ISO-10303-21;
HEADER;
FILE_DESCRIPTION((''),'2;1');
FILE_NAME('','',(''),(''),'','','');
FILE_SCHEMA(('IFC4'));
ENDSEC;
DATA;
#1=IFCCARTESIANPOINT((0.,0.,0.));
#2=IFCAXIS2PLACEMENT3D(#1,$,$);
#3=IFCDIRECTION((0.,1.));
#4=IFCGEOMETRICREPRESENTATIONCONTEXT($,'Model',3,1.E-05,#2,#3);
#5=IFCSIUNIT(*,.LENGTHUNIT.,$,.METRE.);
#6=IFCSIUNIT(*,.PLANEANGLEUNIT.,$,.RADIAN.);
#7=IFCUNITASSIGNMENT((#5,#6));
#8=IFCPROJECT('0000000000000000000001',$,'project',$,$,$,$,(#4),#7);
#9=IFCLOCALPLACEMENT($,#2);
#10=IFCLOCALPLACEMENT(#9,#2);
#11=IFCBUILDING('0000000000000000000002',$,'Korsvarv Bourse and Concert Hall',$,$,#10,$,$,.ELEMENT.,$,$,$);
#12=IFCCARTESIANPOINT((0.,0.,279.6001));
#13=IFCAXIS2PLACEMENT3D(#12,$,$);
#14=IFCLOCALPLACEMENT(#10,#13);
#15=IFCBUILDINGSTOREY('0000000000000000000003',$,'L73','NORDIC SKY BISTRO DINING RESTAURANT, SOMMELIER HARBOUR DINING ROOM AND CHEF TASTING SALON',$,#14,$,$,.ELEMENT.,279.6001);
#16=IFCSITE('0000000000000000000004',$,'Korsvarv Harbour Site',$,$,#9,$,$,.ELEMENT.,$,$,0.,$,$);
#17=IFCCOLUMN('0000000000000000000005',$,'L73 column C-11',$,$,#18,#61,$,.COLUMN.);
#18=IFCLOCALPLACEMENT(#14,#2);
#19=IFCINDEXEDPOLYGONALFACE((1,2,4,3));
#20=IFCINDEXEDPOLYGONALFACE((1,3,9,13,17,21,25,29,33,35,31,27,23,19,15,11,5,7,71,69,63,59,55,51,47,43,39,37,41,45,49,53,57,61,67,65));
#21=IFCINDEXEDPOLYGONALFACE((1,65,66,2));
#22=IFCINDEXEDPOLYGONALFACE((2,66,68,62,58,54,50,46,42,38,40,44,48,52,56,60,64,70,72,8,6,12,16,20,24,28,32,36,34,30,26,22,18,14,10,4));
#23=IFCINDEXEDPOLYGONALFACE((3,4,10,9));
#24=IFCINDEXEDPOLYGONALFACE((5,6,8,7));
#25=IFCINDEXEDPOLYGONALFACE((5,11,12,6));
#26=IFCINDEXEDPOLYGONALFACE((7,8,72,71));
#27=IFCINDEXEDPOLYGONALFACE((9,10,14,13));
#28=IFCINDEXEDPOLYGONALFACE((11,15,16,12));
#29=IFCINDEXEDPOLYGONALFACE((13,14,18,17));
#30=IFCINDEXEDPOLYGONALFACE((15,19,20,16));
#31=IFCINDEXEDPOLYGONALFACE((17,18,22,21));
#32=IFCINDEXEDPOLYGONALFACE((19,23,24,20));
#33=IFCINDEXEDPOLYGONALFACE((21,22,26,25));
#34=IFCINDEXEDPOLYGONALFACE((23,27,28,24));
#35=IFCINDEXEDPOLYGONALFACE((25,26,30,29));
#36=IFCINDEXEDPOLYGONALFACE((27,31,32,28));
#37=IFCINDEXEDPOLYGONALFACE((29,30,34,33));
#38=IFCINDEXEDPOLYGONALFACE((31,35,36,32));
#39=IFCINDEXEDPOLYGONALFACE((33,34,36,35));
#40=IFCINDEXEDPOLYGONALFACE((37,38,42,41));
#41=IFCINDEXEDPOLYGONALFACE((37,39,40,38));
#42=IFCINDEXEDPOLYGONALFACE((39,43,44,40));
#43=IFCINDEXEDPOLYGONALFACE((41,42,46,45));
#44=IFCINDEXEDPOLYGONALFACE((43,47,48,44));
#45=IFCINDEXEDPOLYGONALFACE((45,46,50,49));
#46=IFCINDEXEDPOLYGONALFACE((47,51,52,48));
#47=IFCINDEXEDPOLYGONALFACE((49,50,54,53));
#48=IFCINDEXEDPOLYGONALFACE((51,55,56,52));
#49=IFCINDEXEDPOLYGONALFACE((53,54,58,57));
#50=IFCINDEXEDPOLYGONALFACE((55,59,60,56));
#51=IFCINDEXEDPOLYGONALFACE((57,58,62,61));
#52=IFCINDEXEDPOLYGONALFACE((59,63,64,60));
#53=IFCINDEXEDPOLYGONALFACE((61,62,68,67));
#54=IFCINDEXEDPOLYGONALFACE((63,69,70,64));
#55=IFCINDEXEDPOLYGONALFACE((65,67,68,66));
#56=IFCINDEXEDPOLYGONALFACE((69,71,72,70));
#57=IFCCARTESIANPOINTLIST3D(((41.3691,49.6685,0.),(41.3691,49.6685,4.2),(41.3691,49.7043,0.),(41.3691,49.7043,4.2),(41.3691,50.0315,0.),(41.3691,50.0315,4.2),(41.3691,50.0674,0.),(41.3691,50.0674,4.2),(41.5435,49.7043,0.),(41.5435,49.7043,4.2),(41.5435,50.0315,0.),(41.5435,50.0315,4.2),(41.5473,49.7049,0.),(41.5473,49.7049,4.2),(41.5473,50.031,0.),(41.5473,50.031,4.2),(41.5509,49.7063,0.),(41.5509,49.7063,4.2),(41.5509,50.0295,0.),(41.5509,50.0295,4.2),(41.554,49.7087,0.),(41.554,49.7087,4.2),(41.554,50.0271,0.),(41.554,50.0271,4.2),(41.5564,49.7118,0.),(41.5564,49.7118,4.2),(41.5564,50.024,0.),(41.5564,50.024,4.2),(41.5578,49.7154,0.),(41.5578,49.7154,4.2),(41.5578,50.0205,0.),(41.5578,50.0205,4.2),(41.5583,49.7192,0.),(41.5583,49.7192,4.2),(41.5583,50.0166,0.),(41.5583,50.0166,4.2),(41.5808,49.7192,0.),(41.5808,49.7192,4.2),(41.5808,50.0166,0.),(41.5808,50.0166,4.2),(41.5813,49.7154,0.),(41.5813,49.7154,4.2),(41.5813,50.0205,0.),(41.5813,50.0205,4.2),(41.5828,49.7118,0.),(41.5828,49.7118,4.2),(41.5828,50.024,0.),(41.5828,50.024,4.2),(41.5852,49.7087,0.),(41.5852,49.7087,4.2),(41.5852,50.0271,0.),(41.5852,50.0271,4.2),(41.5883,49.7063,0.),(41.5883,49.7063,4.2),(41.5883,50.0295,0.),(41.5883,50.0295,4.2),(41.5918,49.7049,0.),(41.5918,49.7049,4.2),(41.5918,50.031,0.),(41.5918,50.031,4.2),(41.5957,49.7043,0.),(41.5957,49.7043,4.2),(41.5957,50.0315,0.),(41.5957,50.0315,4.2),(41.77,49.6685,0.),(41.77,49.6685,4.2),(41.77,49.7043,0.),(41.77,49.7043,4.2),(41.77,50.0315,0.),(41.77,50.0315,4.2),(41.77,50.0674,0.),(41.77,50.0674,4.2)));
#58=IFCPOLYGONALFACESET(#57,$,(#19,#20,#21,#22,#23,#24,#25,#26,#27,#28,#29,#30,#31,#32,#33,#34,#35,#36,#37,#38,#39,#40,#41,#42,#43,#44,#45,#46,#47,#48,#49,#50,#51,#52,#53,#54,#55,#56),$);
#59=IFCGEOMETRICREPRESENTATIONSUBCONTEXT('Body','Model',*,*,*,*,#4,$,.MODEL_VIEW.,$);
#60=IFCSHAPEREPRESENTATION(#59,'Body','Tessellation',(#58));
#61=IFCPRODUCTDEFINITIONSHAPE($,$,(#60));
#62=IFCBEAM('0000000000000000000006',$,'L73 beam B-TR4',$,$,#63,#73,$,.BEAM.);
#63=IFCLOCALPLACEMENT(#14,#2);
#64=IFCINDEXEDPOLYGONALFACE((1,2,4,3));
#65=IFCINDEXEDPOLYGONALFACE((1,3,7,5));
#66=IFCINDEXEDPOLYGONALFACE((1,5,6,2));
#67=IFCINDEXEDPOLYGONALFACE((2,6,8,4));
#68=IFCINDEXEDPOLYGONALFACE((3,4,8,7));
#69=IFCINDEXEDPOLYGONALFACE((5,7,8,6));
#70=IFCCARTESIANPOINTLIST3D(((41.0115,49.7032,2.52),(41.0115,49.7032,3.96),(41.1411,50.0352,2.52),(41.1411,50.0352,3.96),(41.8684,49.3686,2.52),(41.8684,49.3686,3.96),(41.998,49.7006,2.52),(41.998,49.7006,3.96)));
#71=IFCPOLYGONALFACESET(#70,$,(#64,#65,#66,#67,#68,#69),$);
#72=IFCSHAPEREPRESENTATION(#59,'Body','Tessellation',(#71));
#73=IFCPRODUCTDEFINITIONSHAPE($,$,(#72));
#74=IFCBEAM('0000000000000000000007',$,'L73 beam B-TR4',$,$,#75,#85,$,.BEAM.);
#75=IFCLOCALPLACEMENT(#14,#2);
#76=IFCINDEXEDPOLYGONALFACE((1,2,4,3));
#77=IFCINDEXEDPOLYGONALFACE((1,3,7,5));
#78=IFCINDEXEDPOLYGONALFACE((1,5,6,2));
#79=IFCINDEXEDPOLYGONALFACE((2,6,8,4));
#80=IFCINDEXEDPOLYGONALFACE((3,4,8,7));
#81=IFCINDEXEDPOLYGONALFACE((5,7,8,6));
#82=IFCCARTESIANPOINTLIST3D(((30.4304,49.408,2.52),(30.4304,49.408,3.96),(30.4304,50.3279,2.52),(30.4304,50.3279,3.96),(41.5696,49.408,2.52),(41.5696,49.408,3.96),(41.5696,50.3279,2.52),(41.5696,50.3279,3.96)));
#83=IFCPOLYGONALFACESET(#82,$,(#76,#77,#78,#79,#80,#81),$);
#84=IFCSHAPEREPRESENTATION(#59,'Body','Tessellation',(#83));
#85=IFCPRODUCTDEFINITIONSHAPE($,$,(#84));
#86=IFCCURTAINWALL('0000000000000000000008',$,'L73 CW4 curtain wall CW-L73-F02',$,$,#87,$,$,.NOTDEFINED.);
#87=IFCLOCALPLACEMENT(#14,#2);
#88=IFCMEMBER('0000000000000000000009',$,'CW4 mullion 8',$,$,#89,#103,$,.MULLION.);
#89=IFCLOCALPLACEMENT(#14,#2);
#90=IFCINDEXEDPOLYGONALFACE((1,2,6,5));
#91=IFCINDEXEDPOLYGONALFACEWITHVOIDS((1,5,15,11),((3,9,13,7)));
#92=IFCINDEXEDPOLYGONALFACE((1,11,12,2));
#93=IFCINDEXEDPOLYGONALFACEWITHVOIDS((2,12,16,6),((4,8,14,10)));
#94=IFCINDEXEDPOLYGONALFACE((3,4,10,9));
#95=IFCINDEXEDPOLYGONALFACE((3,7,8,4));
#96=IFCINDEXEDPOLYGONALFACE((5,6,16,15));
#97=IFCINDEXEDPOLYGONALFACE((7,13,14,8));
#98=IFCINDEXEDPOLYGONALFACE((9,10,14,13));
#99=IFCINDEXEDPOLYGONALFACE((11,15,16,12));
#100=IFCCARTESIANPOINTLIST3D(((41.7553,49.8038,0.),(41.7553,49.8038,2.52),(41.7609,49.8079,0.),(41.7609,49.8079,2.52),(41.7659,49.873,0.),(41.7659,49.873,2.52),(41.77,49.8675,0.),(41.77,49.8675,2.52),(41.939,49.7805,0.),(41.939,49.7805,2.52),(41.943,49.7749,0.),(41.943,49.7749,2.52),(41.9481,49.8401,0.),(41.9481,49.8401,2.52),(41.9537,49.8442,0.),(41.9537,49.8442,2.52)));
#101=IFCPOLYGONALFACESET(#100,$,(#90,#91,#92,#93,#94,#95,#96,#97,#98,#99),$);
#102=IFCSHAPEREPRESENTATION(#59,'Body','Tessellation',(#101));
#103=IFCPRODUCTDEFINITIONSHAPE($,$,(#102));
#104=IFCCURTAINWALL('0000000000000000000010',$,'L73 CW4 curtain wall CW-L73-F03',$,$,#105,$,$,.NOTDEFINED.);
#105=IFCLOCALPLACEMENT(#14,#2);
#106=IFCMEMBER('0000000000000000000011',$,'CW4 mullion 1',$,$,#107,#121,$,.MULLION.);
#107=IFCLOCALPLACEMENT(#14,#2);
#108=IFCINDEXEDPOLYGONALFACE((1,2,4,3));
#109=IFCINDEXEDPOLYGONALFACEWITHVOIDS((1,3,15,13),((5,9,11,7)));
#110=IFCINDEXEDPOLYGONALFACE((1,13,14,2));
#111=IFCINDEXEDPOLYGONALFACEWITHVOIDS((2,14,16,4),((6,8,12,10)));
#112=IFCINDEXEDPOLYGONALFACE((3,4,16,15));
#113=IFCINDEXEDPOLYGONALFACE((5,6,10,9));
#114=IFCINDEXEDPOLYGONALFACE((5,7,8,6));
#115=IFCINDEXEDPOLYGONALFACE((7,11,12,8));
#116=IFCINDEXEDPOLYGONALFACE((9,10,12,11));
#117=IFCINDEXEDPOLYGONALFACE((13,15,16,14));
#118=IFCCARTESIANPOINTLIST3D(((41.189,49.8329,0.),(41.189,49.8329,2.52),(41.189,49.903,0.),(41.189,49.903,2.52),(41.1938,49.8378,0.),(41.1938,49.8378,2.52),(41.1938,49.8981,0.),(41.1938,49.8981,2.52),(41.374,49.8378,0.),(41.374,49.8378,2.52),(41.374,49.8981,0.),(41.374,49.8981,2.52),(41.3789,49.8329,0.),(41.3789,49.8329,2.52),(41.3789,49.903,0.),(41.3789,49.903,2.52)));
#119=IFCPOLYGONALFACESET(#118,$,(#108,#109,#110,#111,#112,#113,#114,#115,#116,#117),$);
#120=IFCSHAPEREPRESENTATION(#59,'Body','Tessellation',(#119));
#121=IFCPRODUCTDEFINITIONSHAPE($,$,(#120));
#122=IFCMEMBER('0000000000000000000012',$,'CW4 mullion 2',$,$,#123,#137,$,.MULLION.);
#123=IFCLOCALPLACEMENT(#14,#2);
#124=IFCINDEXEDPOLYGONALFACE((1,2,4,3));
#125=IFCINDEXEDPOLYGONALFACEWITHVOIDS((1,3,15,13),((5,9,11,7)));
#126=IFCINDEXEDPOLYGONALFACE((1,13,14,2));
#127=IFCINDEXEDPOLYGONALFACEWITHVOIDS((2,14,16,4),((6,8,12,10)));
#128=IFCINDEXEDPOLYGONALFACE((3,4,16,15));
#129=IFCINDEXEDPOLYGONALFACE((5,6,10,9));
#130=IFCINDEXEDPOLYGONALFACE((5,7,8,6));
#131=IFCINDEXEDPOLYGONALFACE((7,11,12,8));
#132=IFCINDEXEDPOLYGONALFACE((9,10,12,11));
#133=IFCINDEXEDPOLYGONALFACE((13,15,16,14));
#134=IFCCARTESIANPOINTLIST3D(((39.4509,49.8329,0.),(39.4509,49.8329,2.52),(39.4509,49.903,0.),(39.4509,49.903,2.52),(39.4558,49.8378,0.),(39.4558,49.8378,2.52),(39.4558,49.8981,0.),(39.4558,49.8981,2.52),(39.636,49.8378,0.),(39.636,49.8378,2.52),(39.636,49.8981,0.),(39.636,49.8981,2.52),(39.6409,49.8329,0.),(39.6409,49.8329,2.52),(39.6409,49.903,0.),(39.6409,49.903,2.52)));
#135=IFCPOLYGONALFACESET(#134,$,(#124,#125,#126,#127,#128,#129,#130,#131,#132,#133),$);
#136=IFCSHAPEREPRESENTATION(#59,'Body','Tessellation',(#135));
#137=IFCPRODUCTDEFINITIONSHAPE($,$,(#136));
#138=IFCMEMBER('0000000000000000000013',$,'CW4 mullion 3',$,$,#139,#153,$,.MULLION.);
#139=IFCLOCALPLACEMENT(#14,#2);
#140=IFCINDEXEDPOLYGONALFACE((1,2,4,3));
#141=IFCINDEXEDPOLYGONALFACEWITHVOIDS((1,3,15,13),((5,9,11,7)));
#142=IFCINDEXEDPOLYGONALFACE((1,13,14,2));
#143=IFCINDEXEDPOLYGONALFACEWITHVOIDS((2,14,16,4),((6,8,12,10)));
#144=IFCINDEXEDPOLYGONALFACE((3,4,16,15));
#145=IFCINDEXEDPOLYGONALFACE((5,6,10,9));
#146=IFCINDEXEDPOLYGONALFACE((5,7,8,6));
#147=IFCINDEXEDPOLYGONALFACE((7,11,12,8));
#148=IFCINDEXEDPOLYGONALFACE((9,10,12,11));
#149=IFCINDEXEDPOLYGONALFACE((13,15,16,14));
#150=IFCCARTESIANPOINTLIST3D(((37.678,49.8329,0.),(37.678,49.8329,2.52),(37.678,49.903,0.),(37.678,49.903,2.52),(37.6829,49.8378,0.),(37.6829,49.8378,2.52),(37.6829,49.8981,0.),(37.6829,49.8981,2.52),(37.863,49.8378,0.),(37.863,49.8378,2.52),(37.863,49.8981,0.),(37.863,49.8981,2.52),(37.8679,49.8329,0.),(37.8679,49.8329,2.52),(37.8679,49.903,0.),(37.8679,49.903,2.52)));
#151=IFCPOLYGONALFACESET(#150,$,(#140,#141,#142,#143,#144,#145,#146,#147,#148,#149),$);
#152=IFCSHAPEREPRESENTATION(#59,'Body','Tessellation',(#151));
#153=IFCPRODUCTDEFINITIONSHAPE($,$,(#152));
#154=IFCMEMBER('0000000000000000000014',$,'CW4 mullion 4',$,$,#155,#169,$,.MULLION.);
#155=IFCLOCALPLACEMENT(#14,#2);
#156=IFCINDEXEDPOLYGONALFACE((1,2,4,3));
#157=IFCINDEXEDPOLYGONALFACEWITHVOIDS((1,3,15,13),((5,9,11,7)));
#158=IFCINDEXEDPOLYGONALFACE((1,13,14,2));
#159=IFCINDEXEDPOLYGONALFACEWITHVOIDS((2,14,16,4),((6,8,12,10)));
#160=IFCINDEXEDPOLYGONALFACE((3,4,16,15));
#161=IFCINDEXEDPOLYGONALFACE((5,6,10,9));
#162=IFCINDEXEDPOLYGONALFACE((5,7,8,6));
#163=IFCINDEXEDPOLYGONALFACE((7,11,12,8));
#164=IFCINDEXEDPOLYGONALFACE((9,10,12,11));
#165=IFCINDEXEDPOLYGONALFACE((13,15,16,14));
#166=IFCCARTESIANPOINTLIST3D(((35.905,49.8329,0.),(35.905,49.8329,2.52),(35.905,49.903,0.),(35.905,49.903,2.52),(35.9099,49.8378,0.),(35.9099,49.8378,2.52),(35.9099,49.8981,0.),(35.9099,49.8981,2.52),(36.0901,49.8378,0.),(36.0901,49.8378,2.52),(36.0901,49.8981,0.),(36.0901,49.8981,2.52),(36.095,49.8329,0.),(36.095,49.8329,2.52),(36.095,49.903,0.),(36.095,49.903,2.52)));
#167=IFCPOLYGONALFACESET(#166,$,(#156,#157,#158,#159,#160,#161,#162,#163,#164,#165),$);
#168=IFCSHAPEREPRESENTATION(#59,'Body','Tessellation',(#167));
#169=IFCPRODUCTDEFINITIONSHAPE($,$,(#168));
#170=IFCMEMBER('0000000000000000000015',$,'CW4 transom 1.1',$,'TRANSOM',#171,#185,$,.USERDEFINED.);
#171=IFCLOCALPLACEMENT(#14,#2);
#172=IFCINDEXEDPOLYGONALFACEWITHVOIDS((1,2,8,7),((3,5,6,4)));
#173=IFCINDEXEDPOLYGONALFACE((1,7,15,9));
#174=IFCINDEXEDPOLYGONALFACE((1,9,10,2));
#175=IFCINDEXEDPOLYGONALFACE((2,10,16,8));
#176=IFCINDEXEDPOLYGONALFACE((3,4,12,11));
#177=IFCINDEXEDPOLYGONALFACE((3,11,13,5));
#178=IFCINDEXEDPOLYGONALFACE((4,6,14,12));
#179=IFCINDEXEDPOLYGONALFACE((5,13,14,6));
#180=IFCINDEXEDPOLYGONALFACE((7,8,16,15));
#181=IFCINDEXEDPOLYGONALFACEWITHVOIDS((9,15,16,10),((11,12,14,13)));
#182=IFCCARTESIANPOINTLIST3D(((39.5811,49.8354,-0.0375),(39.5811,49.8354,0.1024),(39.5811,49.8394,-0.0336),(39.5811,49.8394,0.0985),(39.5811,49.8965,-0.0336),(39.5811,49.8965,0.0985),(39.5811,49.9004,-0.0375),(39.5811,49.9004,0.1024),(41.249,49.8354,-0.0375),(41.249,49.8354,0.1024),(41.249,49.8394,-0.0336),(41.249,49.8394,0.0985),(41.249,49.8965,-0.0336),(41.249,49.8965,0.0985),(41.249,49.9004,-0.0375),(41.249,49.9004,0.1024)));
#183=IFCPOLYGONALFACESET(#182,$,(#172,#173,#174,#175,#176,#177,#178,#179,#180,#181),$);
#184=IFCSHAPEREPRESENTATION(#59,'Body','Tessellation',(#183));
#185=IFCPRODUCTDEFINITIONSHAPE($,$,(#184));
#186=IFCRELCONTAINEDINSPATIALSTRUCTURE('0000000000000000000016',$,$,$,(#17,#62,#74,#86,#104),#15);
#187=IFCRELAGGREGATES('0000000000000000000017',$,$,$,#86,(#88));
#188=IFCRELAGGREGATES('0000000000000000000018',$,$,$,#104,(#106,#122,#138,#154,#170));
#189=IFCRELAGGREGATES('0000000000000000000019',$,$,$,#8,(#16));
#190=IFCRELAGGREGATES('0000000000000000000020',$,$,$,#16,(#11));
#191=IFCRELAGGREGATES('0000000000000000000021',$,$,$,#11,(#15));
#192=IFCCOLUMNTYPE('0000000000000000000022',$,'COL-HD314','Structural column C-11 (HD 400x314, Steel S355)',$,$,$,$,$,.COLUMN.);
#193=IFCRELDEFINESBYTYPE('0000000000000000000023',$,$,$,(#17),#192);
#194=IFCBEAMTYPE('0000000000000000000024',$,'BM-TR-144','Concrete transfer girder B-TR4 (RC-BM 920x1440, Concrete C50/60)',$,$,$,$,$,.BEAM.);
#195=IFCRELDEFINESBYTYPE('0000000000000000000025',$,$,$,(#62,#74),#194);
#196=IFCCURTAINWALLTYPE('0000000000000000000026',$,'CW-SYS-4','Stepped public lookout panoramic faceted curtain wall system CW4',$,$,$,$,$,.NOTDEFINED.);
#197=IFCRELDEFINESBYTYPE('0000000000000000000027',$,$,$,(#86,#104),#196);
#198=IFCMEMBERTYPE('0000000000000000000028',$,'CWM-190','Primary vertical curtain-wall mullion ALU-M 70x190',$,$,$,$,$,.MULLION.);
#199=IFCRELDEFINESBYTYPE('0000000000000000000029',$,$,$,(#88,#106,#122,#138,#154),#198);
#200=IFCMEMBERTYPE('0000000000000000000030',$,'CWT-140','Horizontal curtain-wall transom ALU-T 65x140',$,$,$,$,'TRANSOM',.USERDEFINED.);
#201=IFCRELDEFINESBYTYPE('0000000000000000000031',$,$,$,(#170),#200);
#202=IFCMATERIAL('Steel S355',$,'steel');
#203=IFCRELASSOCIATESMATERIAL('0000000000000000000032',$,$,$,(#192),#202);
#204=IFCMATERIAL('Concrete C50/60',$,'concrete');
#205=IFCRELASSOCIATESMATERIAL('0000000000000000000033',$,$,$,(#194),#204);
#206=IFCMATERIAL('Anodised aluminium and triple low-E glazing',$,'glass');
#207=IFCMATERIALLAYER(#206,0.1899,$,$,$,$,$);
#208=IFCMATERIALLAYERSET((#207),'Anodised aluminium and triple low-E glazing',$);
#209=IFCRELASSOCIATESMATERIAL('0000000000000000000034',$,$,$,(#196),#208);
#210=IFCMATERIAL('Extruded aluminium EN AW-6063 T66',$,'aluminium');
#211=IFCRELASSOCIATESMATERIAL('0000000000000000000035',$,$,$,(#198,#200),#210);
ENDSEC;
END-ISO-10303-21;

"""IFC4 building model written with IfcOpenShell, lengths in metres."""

from ifc_helpers import new_model, si_unit, direction, frame, origin, origin_2d, place, context, subcontext, project, spatial, rectangle, hollow_rectangle, i_section, extrude, source, transform, mapped, material, layer, layer_set, material_profile, profile_set, type_object, element, aggregate, save


model = new_model("IFC4")

# Units and contexts
model_context = context("Model", 3, precision=1e-05, world=origin(), true_north=direction((0.0, 1.0)))
body_context = subcontext(model_context, "Body", "Model", "MODEL_VIEW")
ifc_project = project(units=[si_unit("LENGTHUNIT", "METRE"), si_unit("PLANEANGLEUNIT", "RADIAN")], contexts=[model_context])

# Site, building, storey
site_placement = place(None, origin())
site = spatial("IfcSite", under=ifc_project, at=site_placement, Name="Korsvarv Harbour Site", CompositionType="ELEMENT", RefElevation=0.0)
building_placement = place(site_placement, origin())
building = spatial("IfcBuilding", under=site, at=building_placement, Name="Korsvarv Bourse and Concert Hall", CompositionType="ELEMENT")
storey_placement = place(building_placement, frame((0.0, 0.0, 279.6001)))
storey = spatial("IfcBuildingStorey", under=building, at=storey_placement, Name="L73", Description="NORDIC SKY BISTRO DINING RESTAURANT, SOMMELIER HARBOUR DINING ROOM AND CHEF TASTING SALON", CompositionType="ELEMENT", Elevation=279.6001)

# Column
ifc_material_1 = material(Name="Steel S355", Category="steel")
ifc_material_profile_1 = material_profile(ifc_material_1, i_section(OverallWidth=0.4009, OverallDepth=0.3989, WebThickness=0.0225, FlangeThickness=0.0359, FilletRadius=0.0149, at=origin_2d()), Name="HD 400x314")
ifc_profile_set_1 = profile_set([ifc_material_profile_1], Name="Steel S355")
column_type = type_object("IfcColumnType", Name="COL-HD314", Description="Structural column C-11 (HD 400x314, Steel S355)", PredefinedType="COLUMN", material=ifc_profile_set_1)
shared_shape_1 = source(origin(), body_context, "Body", "SweptSolid", [
    extrude(i_section(OverallWidth=0.4009, OverallDepth=0.3989, WebThickness=0.0225, FlangeThickness=0.0359, FilletRadius=0.0149, at=origin_2d()), origin(), (0.0, 0.0, 1.0), 4.2),
])
column_placement = place(storey_placement, frame((41.5696, 49.8679, 0.0), z_axis=(0.0, 0.0, 1.0), x_axis=(1.0, 0.0, 0.0)))
element("IfcColumn", 1, at=column_placement, inside=storey, type_object=column_type, Name="L73 column C-11", PredefinedType="COLUMN", context=body_context, shape_type="MappedRepresentation", body=[
    mapped(shared_shape_1, transform((0.0, 0.0, 0.0), scale=1.0)),
])

# Beams
ifc_material_2 = material(Name="Concrete C50/60", Category="concrete")
ifc_material_profile_2 = material_profile(ifc_material_2, rectangle(XDim=0.9199, YDim=1.4399, at=origin_2d()), Name="RC-BM 920x1440")
ifc_profile_set_2 = profile_set([ifc_material_profile_2], Name="Concrete C50/60")
beam_type = type_object("IfcBeamType", Name="BM-TR-144", Description="Concrete transfer girder B-TR4 (RC-BM 920x1440, Concrete C50/60)", PredefinedType="BEAM", material=ifc_profile_set_2)
shared_shape_2 = source(origin(), body_context, "Body", "SweptSolid", [
    extrude(rectangle(XDim=0.9199, YDim=1.4399, at=origin_2d()), origin(), (0.0, 0.0, 1.0), 0.3564),
])
beam_1_placement = place(storey_placement, frame((41.5696, 49.8679, 3.24), z_axis=(-0.363702, -0.931515, 0.0), x_axis=(0.931515, -0.363702, 0.0)))
element("IfcBeam", 2, at=beam_1_placement, inside=storey, type_object=beam_type, Name="L73 beam B-TR4", PredefinedType="BEAM", context=body_context, shape_type="MappedRepresentation", body=[
    mapped(shared_shape_2, transform((0.0, 0.0, 0.0), scale=1.0)),
])
shared_shape_3 = source(origin(), body_context, "Body", "SweptSolid", [
    extrude(rectangle(XDim=0.9199, YDim=1.4399, at=origin_2d()), origin(), (0.0, 0.0, 1.0), 11.1392),
])
beam_2_placement = place(storey_placement, frame((41.5696, 49.8679, 3.24), z_axis=(-1.0, 0.0, 0.0), x_axis=(0.0, -1.0, 0.0)))
element("IfcBeam", 3, at=beam_2_placement, inside=storey, type_object=beam_type, Name="L73 beam B-TR4", PredefinedType="BEAM", context=body_context, shape_type="MappedRepresentation", body=[
    mapped(shared_shape_3, transform((0.0, 0.0, 0.0), scale=1.0)),
])

# Curtain wall, member
ifc_material_3 = material(Name="Anodised aluminium and triple low-E glazing", Category="glass")
ifc_layer_1 = layer(ifc_material_3, 0.1899)
ifc_layer_set_1 = layer_set([ifc_layer_1], Name="Anodised aluminium and triple low-E glazing")
curtain_wall_type = type_object("IfcCurtainWallType", Name="CW-SYS-4", Description="Stepped public lookout panoramic faceted curtain wall system CW4", PredefinedType="NOTDEFINED", material=ifc_layer_set_1)
curtain_wall_1_placement = place(storey_placement, origin())
curtain_wall_1 = element("IfcCurtainWall", 4, at=curtain_wall_1_placement, inside=storey, type_object=curtain_wall_type, Name="L73 CW4 curtain wall CW-L73-F02", PredefinedType="NOTDEFINED")
ifc_material_4 = material(Name="Extruded aluminium EN AW-6063 T66", Category="aluminium")
ifc_material_profile_3 = material_profile(ifc_material_4, hollow_rectangle(XDim=0.0701, YDim=0.1899, WallThickness=0.0049, at=origin_2d()), Name="ALU-M 70x190")
ifc_profile_set_3 = profile_set([ifc_material_profile_3], Name="Extruded aluminium EN AW-6063 T66")
member_type_1 = type_object("IfcMemberType", Name="CWM-190", Description="Primary vertical curtain-wall mullion ALU-M 70x190", PredefinedType="MULLION", material=ifc_profile_set_3)
shared_shape_4 = source(origin(), body_context, "Body", "SweptSolid", [
    extrude(hollow_rectangle(XDim=0.0701, YDim=0.1899, WallThickness=0.0049, at=origin_2d()), origin(), (0.0, 0.0, 1.0), 2.52),
])
member_1_placement = place(storey_placement, frame((41.8545, 49.824, 0.0), z_axis=(0.0, 0.0, 1.0), x_axis=(-0.151931, -0.988391, 0.0)))
member_1 = element("IfcMember", 5, at=member_1_placement, type_object=member_type_1, Name="CW4 mullion 8", PredefinedType="MULLION", context=body_context, shape_type="MappedRepresentation", body=[
    mapped(shared_shape_4, transform((0.0, 0.0, 0.0), scale=1.0)),
])

# Curtain wall, members
curtain_wall_2_placement = place(storey_placement, origin())
curtain_wall_2 = element("IfcCurtainWall", 6, at=curtain_wall_2_placement, inside=storey, type_object=curtain_wall_type, Name="L73 CW4 curtain wall CW-L73-F03", PredefinedType="NOTDEFINED")
member_2_placement = place(storey_placement, frame((41.2839, 49.8679, 0.0), z_axis=(0.0, 0.0, 1.0), x_axis=(0.0, -1.0, 0.0)))
member_2 = element("IfcMember", 7, at=member_2_placement, type_object=member_type_1, Name="CW4 mullion 1", PredefinedType="MULLION", context=body_context, shape_type="MappedRepresentation", body=[
    mapped(shared_shape_4, transform((0.0, 0.0, 0.0), scale=1.0)),
])
member_3_placement = place(storey_placement, frame((39.5459, 49.8679, 0.0), z_axis=(0.0, 0.0, 1.0), x_axis=(0.0, -1.0, 0.0)))
member_3 = element("IfcMember", 8, at=member_3_placement, type_object=member_type_1, Name="CW4 mullion 2", PredefinedType="MULLION", context=body_context, shape_type="MappedRepresentation", body=[
    mapped(shared_shape_4, transform((0.0, 0.0, 0.0), scale=1.0)),
])
member_4_placement = place(storey_placement, frame((37.7729, 49.8679, 0.0), z_axis=(0.0, 0.0, 1.0), x_axis=(0.0, -1.0, 0.0)))
member_4 = element("IfcMember", 9, at=member_4_placement, type_object=member_type_1, Name="CW4 mullion 3", PredefinedType="MULLION", context=body_context, shape_type="MappedRepresentation", body=[
    mapped(shared_shape_4, transform((0.0, 0.0, 0.0), scale=1.0)),
])
member_5_placement = place(storey_placement, frame((36.0, 49.8679, 0.0), z_axis=(0.0, 0.0, 1.0), x_axis=(0.0, -1.0, 0.0)))
member_5 = element("IfcMember", 10, at=member_5_placement, type_object=member_type_1, Name="CW4 mullion 4", PredefinedType="MULLION", context=body_context, shape_type="MappedRepresentation", body=[
    mapped(shared_shape_4, transform((0.0, 0.0, 0.0), scale=1.0)),
])
ifc_material_profile_4 = material_profile(ifc_material_4, hollow_rectangle(XDim=0.0649, YDim=0.1399, WallThickness=0.0039, at=origin_2d()), Name="ALU-T 65x140")
ifc_profile_set_4 = profile_set([ifc_material_profile_4], Name="Extruded aluminium EN AW-6063 T66")
member_type_2 = type_object("IfcMemberType", Name="CWT-140", Description="Horizontal curtain-wall transom ALU-T 65x140", ElementType="TRANSOM", PredefinedType="USERDEFINED", material=ifc_profile_set_4)
shared_shape_5 = source(origin(), body_context, "Body", "SweptSolid", [
    extrude(hollow_rectangle(XDim=0.0649, YDim=0.1399, WallThickness=0.0039, at=origin_2d()), origin(), (0.0, 0.0, 1.0), 1.668),
])
member_6_placement = place(storey_placement, frame((41.249, 49.8679, 0.0325), z_axis=(-1.0, 0.0, 0.0), x_axis=(0.0, -1.0, 0.0)))
member_6 = element("IfcMember", 11, at=member_6_placement, type_object=member_type_2, Name="CW4 transom 1.1", ObjectType="TRANSOM", PredefinedType="USERDEFINED", context=body_context, shape_type="MappedRepresentation", body=[
    mapped(shared_shape_5, transform((0.0, 0.0, 0.0), scale=1.0)),
])

aggregate(curtain_wall_1, [member_1])
aggregate(curtain_wall_2, [member_2, member_3, member_4, member_5, member_6])

save(model, "model.ifc")
